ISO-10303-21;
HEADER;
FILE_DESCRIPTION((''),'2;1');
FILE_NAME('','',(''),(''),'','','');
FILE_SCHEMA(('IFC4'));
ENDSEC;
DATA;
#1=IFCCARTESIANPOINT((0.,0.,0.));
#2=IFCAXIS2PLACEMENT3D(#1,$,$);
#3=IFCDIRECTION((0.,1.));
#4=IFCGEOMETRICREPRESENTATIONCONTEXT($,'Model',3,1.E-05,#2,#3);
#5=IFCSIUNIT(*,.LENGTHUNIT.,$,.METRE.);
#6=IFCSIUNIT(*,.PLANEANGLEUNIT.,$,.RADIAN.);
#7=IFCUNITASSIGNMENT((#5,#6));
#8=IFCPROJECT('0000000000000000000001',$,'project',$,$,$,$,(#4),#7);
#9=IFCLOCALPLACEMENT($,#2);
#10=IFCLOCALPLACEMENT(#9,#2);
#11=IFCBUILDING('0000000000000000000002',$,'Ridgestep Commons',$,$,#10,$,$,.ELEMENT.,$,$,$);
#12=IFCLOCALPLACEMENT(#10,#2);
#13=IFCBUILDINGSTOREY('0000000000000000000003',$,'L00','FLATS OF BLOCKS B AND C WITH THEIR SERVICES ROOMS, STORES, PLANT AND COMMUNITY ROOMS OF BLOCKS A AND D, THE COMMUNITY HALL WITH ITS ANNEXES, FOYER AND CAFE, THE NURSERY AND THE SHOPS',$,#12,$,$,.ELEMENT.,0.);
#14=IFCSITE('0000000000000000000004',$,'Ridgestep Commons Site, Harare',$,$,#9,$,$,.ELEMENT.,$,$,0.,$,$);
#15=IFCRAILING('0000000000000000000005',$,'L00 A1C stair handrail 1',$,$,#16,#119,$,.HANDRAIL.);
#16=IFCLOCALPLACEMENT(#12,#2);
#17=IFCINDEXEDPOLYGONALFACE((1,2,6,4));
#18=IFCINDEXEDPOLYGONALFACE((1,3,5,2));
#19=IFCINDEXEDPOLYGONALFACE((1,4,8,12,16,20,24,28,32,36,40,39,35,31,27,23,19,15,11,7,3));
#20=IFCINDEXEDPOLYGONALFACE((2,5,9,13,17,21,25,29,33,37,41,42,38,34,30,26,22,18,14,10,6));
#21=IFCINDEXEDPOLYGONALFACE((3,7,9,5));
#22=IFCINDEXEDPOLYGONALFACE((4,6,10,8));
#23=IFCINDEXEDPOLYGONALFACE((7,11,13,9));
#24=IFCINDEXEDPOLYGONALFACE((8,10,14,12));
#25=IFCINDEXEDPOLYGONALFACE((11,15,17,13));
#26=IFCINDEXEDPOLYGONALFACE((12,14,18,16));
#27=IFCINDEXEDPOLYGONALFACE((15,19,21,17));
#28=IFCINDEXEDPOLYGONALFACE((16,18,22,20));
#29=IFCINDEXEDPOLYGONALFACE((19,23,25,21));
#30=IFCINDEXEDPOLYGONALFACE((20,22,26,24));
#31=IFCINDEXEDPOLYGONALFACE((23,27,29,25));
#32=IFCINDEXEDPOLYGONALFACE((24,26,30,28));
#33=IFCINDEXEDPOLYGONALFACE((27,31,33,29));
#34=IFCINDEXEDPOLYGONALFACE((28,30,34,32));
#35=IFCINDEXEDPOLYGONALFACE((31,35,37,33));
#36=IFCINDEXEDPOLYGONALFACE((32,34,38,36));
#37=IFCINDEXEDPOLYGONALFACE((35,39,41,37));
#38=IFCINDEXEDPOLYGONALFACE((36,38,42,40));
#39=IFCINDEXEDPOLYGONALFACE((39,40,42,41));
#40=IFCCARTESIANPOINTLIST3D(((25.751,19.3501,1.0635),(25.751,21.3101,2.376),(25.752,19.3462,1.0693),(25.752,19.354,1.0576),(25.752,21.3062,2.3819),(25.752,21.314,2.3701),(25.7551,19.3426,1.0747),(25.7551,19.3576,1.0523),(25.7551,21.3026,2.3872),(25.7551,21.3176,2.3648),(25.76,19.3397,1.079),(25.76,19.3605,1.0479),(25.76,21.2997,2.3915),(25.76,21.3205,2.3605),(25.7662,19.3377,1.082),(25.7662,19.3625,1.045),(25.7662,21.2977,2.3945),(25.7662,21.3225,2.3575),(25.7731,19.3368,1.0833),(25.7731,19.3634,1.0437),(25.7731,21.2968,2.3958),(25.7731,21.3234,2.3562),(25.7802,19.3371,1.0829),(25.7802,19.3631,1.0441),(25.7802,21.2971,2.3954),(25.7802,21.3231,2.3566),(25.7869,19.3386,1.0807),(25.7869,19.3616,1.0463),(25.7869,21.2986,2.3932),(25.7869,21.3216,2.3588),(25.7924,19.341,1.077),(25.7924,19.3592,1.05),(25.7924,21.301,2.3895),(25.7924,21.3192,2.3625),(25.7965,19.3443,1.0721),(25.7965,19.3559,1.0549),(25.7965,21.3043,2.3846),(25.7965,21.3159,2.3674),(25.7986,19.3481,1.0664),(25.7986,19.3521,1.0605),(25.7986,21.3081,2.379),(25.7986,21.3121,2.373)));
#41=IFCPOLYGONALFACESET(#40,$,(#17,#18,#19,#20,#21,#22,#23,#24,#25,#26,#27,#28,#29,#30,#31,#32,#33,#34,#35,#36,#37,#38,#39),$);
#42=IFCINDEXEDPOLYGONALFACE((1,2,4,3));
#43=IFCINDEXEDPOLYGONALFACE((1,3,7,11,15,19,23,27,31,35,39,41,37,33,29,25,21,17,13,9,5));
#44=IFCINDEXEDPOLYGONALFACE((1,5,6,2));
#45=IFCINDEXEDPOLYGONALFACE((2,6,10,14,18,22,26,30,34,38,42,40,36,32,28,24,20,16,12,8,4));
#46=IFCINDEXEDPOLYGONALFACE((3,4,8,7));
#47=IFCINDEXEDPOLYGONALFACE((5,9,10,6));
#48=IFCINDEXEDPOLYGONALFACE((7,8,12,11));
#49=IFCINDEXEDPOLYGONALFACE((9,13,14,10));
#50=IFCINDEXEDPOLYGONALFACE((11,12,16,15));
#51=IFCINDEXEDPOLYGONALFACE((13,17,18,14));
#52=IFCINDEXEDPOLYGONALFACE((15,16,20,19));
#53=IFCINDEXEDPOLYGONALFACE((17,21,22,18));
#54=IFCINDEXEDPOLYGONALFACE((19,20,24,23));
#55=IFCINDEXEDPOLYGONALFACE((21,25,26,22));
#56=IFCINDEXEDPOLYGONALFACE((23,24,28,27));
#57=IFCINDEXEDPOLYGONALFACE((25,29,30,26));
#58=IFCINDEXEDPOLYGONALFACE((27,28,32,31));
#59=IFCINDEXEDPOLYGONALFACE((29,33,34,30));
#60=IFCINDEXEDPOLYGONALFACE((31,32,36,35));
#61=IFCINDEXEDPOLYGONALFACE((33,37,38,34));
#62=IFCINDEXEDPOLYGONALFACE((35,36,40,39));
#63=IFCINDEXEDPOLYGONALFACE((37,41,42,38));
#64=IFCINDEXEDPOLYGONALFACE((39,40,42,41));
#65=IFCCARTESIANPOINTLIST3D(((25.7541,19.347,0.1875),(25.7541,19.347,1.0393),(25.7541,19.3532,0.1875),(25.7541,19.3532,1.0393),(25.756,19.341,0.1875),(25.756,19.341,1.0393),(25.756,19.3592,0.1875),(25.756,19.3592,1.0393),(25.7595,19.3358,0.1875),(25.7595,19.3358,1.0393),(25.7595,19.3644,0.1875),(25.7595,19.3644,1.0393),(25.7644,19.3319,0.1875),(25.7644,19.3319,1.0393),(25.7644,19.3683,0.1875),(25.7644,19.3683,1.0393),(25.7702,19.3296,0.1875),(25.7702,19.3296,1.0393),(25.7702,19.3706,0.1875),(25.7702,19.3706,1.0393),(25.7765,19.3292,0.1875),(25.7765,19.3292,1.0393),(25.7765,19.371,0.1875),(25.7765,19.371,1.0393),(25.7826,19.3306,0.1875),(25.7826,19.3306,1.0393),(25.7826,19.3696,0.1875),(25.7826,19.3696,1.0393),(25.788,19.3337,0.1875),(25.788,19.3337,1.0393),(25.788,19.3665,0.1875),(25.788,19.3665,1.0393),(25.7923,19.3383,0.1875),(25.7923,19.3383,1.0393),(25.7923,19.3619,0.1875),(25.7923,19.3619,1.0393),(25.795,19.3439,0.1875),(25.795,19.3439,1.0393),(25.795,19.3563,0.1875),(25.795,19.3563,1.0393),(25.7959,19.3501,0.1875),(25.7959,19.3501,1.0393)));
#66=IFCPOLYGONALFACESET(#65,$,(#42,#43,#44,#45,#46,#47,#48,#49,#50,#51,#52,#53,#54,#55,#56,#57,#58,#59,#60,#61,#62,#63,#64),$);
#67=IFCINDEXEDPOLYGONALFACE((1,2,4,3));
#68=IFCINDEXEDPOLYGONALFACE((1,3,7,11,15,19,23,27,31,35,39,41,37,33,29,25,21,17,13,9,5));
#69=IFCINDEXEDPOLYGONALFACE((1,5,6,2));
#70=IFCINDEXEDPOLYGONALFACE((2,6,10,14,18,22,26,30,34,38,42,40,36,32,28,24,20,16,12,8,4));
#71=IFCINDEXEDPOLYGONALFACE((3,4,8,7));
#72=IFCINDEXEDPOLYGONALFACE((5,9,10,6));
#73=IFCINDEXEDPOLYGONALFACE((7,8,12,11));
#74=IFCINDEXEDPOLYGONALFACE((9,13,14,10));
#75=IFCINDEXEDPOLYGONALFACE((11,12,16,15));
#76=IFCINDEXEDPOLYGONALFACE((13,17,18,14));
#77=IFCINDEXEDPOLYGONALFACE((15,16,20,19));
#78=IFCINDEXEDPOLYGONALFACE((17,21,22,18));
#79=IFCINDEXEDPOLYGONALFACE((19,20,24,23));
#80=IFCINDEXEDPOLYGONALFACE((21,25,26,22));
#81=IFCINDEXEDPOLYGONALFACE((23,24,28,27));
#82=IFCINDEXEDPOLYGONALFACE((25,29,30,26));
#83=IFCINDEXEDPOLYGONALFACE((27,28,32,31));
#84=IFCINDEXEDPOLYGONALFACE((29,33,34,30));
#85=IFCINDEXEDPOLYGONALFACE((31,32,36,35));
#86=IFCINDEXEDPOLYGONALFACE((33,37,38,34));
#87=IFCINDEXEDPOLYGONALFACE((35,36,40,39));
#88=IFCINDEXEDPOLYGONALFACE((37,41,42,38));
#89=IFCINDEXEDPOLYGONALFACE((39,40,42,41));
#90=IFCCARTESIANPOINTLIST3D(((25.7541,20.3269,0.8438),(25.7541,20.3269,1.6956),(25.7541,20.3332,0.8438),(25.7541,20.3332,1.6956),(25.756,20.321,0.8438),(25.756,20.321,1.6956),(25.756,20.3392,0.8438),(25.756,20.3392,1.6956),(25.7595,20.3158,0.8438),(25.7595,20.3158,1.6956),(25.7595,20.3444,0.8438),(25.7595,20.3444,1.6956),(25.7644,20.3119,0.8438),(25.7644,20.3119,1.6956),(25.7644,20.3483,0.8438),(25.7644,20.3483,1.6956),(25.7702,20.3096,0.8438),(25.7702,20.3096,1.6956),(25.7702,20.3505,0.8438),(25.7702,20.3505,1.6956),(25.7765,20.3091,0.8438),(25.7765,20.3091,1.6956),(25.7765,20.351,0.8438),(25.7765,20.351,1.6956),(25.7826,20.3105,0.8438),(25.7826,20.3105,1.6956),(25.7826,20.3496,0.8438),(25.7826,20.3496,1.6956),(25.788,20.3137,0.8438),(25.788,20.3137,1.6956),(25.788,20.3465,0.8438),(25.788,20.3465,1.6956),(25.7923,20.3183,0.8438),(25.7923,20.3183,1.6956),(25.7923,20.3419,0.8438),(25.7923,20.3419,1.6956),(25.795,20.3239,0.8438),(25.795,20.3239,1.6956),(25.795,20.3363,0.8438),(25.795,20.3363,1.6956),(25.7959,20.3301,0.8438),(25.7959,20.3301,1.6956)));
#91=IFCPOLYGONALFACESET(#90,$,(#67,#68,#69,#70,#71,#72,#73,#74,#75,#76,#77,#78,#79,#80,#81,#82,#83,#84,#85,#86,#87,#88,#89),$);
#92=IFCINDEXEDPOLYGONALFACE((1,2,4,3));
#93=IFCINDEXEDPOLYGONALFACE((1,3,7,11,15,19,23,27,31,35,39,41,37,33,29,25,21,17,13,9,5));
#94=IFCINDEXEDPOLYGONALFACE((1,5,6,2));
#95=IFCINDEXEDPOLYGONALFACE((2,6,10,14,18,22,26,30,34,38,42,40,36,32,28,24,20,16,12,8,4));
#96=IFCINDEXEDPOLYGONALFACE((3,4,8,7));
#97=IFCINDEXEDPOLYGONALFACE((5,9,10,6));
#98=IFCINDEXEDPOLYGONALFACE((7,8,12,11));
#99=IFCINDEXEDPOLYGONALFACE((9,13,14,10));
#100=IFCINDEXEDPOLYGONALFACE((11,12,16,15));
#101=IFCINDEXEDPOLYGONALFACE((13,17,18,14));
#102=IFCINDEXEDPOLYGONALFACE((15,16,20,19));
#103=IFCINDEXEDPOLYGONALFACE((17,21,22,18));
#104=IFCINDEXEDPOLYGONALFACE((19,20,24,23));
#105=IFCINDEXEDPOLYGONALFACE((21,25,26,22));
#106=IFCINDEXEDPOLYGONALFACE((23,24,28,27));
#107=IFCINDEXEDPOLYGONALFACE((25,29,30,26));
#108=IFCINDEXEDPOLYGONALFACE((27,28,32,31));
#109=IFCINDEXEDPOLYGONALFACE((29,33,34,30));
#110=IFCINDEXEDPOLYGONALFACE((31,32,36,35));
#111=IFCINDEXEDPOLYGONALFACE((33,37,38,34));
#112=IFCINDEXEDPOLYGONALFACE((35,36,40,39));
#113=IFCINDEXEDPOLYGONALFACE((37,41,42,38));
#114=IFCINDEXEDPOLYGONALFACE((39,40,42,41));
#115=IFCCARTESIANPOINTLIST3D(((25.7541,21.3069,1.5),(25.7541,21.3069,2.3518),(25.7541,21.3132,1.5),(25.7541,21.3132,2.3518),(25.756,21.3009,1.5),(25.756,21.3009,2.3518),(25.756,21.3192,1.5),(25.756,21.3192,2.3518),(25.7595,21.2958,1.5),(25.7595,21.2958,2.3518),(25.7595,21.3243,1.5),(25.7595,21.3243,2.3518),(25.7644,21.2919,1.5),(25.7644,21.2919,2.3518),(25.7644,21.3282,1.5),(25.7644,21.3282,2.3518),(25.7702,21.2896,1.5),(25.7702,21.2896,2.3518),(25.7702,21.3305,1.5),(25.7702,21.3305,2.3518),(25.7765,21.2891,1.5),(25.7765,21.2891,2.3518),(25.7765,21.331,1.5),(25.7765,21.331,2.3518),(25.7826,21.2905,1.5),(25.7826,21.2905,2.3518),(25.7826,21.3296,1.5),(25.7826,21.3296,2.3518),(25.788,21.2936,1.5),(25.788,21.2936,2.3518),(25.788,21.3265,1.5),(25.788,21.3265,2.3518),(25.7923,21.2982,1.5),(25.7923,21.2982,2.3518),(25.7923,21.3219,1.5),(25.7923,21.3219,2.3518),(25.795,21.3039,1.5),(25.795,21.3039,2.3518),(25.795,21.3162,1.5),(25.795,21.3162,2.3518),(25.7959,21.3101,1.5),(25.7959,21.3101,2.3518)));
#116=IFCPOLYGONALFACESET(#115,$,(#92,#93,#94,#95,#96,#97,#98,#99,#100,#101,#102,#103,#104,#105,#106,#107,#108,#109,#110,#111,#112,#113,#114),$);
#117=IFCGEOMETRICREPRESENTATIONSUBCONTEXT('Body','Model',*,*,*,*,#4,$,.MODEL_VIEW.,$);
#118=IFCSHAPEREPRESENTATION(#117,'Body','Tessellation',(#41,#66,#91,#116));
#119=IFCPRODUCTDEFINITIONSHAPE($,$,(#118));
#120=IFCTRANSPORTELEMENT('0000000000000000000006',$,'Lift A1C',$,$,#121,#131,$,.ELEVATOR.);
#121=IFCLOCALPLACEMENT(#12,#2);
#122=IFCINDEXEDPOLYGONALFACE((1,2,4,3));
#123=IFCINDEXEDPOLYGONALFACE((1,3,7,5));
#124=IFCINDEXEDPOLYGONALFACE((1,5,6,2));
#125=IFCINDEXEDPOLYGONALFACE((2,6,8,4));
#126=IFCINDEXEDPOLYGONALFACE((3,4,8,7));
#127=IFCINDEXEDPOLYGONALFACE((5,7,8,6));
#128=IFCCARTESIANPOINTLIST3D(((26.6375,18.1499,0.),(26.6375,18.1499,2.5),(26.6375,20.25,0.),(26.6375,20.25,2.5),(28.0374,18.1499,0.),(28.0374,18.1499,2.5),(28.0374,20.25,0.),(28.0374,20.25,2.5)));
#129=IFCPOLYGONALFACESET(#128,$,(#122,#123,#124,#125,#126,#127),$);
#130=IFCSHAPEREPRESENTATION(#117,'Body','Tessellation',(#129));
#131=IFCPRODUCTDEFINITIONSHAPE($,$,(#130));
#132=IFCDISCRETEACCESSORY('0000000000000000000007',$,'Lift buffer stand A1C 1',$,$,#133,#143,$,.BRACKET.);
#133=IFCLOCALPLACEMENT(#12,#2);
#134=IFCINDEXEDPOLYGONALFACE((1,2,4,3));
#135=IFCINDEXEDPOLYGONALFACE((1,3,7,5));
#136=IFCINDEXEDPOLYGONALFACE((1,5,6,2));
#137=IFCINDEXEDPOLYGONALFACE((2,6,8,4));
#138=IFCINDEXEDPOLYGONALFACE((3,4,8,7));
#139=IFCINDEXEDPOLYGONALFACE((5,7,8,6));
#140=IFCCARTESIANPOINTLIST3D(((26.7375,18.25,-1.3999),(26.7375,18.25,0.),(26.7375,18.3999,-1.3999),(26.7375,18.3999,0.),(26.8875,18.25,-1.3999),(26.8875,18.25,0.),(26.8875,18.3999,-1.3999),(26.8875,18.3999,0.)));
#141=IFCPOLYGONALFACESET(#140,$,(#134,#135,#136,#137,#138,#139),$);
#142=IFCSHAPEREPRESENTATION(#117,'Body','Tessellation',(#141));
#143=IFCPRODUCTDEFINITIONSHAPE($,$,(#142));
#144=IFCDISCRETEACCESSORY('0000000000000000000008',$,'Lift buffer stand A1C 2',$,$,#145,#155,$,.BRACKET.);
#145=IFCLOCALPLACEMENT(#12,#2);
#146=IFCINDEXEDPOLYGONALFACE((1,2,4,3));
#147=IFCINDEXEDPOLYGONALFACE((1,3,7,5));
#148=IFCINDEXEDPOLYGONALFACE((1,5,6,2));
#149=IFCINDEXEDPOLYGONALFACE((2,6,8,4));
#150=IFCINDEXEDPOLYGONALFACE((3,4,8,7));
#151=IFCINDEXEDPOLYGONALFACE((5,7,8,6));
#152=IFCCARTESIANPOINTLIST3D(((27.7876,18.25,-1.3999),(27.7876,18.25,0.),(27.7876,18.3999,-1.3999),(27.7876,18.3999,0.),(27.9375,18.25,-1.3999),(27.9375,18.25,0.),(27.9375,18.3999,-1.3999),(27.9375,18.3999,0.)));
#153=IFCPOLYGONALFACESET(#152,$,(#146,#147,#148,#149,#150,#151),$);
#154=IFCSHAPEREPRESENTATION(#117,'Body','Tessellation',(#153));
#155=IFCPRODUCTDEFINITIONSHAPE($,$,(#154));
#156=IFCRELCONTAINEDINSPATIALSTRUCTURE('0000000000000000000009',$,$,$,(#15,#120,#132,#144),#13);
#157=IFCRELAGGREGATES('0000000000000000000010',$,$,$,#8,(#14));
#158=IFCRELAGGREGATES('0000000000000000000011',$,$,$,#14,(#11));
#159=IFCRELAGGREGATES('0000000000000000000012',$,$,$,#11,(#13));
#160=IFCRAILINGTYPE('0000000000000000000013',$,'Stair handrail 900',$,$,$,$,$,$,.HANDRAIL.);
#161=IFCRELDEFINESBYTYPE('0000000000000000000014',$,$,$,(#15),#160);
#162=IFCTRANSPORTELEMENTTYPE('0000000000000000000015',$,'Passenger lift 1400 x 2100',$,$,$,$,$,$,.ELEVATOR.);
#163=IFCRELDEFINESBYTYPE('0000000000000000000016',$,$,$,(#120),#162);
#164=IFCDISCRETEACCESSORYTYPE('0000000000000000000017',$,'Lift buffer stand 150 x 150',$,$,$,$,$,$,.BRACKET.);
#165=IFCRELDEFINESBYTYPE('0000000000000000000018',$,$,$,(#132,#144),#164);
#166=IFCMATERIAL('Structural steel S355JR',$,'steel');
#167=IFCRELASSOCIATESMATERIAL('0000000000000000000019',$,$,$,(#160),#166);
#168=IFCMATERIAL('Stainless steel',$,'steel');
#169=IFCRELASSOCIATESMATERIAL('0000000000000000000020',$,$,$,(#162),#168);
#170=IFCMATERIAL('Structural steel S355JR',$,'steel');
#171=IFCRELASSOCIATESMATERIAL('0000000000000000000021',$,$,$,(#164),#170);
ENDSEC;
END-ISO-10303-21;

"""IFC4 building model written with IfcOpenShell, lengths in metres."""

from ifc_helpers import new_model, si_unit, direction, frame, origin, origin_2d, place, context, subcontext, project, spatial, rectangle, circle, extrude, material, type_object, element, save


model = new_model("IFC4")

# Units and contexts
model_context = context("Model", 3, precision=1e-05, world=origin(), true_north=direction((0.0, 1.0)))
body_context = subcontext(model_context, "Body", "Model", "MODEL_VIEW")
ifc_project = project(units=[si_unit("LENGTHUNIT", "METRE"), si_unit("PLANEANGLEUNIT", "RADIAN")], contexts=[model_context])

# Site, building, storey
site_placement = place(None, origin())
site = spatial("IfcSite", under=ifc_project, at=site_placement, Name="Ridgestep Commons Site, Harare", CompositionType="ELEMENT", RefElevation=0.0)
building_placement = place(site_placement, origin())
building = spatial("IfcBuilding", under=site, at=building_placement, Name="Ridgestep Commons", CompositionType="ELEMENT")
storey_placement = place(building_placement, origin())
storey = spatial("IfcBuildingStorey", under=building, at=storey_placement, Name="L00", Description="FLATS OF BLOCKS B AND C WITH THEIR SERVICES ROOMS, STORES, PLANT AND COMMUNITY ROOMS OF BLOCKS A AND D, THE COMMUNITY HALL WITH ITS ANNEXES, FOYER AND CAFE, THE NURSERY AND THE SHOPS", CompositionType="ELEMENT", Elevation=0.0)

# Railing
ifc_material_1 = material(Name="Structural steel S355JR", Category="steel")
railing_type_1 = type_object("IfcRailingType", Name="Stair handrail 900", PredefinedType="HANDRAIL", material=ifc_material_1)
railing_1_placement = place(storey_placement, frame((25.7749, 19.3501, 0.1875)))
element("IfcRailing", 1, at=railing_1_placement, inside=storey, type_object=railing_type_1, Name="L00 A1C stair handrail 1", PredefinedType="HANDRAIL", context=body_context, shape_type="SweptSolid", body=[
    extrude(circle(Radius=0.0239, at=origin_2d()), frame((0.0, 0.0, 0.876), z_axis=(0.0, 0.830902, 0.556419), x_axis=(-1.0, 0.0, 0.0)), (0.0, 0.0, 1.0), 2.3589),
    extrude(circle(Radius=0.021, at=origin_2d()), origin(), (0.0, 0.0, 1.0), 0.8518),
    extrude(circle(Radius=0.021, at=origin_2d()), frame((0.0, 0.98, 0.6562)), (0.0, 0.0, 1.0), 0.8518),
    extrude(circle(Radius=0.021, at=origin_2d()), frame((0.0, 1.96, 1.3125)), (0.0, 0.0, 1.0), 0.8518),
])

# Transport element
ifc_material_2 = material(Name="Stainless steel", Category="steel")
transport_element_type = type_object("IfcTransportElementType", Name="Passenger lift 1400 x 2100", PredefinedType="ELEVATOR", material=ifc_material_2)
transport_element_placement = place(storey_placement, frame((27.3374, 19.2, 0.0), z_axis=(0.0, 0.0, 1.0), x_axis=(1.0, 0.0, 0.0)))
element("IfcTransportElement", 2, at=transport_element_placement, inside=storey, type_object=transport_element_type, Name="Lift A1C", PredefinedType="ELEVATOR", context=body_context, shape_type="SweptSolid", body=[
    extrude(rectangle(XDim=1.3999, YDim=2.1001, at=origin_2d()), origin(), (0.0, 0.0, 1.0), 2.5),
])

# Discrete accessories
ifc_material_3 = material(Name="Structural steel S355JR", Category="steel")
discrete_accessory_type = type_object("IfcDiscreteAccessoryType", Name="Lift buffer stand 150 x 150", PredefinedType="BRACKET", material=ifc_material_3)
for number, where, z_axis, x_axis, name in (
    (3, (26.8125, 18.325, -1.3999), (0.0, 0.0, 1.0), (1.0, 0.0, 0.0), "Lift buffer stand A1C 1"),
    (4, (27.8625, 18.325, -1.3999), (0.0, 0.0, 1.0), (1.0, 0.0, 0.0), "Lift buffer stand A1C 2"),
):
    element("IfcDiscreteAccessory", number, at=place(storey_placement, frame(where, z_axis=z_axis, x_axis=x_axis)), inside=storey, type_object=discrete_accessory_type, Name=name, PredefinedType="BRACKET", context=body_context, shape_type="SweptSolid", body=[
        extrude(rectangle(XDim=0.1499, YDim=0.1499, at=origin_2d()), origin(), (0.0, 0.0, 1.0), 1.3999),
    ])

save(model, "model.ifc")
